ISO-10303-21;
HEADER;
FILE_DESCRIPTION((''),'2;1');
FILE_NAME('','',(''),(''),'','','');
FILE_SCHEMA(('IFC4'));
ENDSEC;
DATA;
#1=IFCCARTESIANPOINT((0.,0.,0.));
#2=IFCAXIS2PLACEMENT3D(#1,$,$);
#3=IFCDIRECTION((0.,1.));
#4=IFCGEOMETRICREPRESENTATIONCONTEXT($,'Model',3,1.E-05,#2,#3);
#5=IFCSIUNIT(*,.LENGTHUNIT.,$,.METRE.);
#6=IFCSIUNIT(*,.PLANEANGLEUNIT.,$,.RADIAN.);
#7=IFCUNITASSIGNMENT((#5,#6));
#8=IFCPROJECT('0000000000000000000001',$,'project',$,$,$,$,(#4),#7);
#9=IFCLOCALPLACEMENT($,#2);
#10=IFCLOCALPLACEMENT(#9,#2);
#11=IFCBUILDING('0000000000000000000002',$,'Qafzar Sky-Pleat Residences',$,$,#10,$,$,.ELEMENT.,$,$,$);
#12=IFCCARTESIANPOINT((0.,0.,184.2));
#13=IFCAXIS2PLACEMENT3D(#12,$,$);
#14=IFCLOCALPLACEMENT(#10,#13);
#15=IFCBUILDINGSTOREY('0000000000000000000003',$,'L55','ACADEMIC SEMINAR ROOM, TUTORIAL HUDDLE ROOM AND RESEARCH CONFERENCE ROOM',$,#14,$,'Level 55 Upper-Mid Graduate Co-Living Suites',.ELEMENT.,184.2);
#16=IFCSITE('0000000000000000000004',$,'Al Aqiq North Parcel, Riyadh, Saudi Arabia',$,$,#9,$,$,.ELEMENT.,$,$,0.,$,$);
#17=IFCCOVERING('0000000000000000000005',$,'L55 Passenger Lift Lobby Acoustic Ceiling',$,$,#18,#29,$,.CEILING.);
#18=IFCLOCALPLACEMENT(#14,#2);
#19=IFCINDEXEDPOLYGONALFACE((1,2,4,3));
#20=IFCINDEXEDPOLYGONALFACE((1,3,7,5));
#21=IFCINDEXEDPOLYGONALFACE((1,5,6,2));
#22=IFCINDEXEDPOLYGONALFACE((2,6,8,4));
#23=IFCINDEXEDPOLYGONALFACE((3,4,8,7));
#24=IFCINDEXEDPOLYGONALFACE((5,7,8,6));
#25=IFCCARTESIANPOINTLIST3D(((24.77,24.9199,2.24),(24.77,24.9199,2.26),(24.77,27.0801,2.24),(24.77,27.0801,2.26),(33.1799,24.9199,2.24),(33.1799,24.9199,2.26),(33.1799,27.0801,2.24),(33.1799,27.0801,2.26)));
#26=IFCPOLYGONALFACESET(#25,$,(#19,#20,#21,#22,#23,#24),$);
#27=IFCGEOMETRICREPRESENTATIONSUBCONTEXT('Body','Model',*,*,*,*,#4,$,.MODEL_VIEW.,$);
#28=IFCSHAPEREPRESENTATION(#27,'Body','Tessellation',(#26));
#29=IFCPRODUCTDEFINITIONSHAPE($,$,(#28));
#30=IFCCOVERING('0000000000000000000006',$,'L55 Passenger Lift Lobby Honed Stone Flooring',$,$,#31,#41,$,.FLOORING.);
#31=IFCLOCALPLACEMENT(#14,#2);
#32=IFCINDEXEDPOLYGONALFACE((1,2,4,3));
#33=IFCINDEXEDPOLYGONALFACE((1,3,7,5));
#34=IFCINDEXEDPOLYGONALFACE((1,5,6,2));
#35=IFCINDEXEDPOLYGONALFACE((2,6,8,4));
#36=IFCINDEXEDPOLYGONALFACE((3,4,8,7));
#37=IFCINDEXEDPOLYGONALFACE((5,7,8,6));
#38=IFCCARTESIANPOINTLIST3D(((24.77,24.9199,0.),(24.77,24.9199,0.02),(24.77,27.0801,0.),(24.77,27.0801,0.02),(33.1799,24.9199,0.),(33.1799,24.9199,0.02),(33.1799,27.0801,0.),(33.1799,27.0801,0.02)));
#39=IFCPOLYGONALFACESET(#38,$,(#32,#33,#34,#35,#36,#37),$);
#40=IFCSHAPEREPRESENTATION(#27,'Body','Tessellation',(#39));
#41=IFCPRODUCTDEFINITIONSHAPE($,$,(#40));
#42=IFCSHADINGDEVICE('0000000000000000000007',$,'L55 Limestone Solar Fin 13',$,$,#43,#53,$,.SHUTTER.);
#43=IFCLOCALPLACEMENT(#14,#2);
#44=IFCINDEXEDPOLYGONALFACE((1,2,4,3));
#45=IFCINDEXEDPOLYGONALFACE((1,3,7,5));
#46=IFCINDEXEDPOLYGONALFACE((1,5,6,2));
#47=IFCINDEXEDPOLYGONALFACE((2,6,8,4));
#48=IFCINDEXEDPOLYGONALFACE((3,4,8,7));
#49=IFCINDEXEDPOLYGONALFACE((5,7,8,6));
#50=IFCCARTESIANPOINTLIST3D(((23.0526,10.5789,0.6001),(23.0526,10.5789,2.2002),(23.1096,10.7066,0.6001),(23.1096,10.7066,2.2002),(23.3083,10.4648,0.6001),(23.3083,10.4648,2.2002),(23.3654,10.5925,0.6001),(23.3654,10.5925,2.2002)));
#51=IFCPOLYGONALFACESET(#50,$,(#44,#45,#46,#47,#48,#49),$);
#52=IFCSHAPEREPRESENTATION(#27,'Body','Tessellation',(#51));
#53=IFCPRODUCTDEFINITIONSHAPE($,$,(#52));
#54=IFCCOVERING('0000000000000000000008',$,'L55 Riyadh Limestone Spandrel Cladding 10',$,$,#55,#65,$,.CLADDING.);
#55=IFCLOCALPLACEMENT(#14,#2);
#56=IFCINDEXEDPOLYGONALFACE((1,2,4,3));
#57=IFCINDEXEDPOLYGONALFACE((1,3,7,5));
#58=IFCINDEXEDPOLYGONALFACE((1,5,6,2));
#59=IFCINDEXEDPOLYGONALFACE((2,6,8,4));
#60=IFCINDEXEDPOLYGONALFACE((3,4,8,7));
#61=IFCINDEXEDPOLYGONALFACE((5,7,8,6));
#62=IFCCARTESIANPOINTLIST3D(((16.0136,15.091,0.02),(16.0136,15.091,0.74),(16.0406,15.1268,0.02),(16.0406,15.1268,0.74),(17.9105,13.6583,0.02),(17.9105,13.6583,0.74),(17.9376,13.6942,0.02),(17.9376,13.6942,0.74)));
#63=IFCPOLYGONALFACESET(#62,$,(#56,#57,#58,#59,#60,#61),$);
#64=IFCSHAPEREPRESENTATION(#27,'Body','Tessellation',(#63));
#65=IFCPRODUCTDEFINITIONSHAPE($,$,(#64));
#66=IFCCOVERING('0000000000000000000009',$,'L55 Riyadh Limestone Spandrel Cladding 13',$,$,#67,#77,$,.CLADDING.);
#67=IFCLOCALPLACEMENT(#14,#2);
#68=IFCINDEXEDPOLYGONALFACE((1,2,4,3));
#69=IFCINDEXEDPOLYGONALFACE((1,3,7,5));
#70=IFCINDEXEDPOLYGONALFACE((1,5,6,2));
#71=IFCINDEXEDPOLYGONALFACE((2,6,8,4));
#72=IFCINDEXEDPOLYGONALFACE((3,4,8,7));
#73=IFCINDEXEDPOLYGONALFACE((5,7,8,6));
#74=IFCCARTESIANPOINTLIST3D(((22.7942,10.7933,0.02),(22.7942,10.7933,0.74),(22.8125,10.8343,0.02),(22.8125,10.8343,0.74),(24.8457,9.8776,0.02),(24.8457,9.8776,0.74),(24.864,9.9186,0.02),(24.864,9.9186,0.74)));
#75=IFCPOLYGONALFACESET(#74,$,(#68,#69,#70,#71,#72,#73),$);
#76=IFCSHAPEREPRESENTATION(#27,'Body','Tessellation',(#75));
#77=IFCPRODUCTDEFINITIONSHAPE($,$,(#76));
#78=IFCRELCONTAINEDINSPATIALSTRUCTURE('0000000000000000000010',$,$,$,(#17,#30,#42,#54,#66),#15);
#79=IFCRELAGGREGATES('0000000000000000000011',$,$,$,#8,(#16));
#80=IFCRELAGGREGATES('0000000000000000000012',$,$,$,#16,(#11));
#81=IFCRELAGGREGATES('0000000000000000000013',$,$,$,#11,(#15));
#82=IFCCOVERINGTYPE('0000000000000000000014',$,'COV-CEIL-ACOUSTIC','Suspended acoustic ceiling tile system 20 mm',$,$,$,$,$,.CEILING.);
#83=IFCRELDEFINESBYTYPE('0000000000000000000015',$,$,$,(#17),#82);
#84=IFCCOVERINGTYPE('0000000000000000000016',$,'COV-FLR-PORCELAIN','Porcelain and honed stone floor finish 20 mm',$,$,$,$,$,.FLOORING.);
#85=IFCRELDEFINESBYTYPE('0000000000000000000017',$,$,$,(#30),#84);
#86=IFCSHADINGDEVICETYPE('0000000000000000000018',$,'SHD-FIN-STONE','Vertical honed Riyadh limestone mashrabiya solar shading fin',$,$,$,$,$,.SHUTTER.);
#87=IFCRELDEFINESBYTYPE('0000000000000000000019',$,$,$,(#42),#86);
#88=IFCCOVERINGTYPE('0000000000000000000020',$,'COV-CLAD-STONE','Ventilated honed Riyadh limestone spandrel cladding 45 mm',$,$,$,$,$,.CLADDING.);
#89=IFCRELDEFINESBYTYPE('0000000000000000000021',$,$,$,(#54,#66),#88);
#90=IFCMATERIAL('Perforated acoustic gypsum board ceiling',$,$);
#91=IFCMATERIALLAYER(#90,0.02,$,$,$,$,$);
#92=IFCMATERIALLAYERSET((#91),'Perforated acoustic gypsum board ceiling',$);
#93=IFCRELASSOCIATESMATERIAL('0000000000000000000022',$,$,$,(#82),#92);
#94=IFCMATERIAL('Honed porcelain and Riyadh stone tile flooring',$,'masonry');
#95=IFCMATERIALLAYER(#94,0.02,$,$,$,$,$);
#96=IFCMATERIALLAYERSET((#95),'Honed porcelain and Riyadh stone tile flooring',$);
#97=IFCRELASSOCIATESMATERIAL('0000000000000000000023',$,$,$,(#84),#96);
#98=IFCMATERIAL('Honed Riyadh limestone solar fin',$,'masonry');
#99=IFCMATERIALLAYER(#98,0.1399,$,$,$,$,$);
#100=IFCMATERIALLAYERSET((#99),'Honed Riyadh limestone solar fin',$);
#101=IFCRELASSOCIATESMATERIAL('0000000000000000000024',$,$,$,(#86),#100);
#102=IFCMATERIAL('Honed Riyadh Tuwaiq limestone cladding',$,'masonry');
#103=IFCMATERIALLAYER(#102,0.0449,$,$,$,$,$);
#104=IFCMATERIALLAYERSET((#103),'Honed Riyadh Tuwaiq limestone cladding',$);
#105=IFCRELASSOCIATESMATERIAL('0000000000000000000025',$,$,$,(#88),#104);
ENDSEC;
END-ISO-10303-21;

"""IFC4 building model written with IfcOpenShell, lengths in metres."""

from ifc_helpers import new_model, si_unit, direction, frame, origin, origin_2d, place, context, subcontext, project, spatial, polyline, rectangle, outline, extrude, source, transform, mapped, material, layer, layer_set, type_object, element, save


model = new_model("IFC4")

# Units and contexts
model_context = context("Model", 3, precision=1e-05, world=origin(), true_north=direction((0.0, 1.0)))
body_context = subcontext(model_context, "Body", "Model", "MODEL_VIEW")
ifc_project = project(units=[si_unit("LENGTHUNIT", "METRE"), si_unit("PLANEANGLEUNIT", "RADIAN")], contexts=[model_context])

# Site, building, storey
site_placement = place(None, origin())
site = spatial("IfcSite", under=ifc_project, at=site_placement, Name="Al Aqiq North Parcel, Riyadh, Saudi Arabia", CompositionType="ELEMENT", RefElevation=0.0)
building_placement = place(site_placement, origin())
building = spatial("IfcBuilding", under=site, at=building_placement, Name="Qafzar Sky-Pleat Residences", CompositionType="ELEMENT")
storey_placement = place(building_placement, frame((0.0, 0.0, 184.2)))
storey = spatial("IfcBuildingStorey", under=building, at=storey_placement, Name="L55", Description="ACADEMIC SEMINAR ROOM, TUTORIAL HUDDLE ROOM AND RESEARCH CONFERENCE ROOM", LongName="Level 55 Upper-Mid Graduate Co-Living Suites", CompositionType="ELEMENT", Elevation=184.2)

# Coverings
ifc_material_1 = material(Name="Perforated acoustic gypsum board ceiling")
ifc_layer_1 = layer(ifc_material_1, 0.02)
ifc_layer_set_1 = layer_set([ifc_layer_1], Name="Perforated acoustic gypsum board ceiling")
covering_type_1 = type_object("IfcCoveringType", Name="COV-CEIL-ACOUSTIC", Description="Suspended acoustic ceiling tile system 20 mm", PredefinedType="CEILING", material=ifc_layer_set_1)
covering_1_placement = place(storey_placement, frame((0.0, 0.0, 2.24)))
element("IfcCovering", 1, at=covering_1_placement, inside=storey, type_object=covering_type_1, Name="L55 Passenger Lift Lobby Acoustic Ceiling", PredefinedType="CEILING", context=body_context, shape_type="SweptSolid", body=[
    extrude(outline(polyline([(33.1799, 24.9199), (24.77, 24.9199), (24.77, 27.0801), (33.1799, 27.0801), (33.1799, 24.9199)])), origin(), (0.0, 0.0, 1.0), 0.02),
])
ifc_material_2 = material(Name="Honed porcelain and Riyadh stone tile flooring", Category="masonry")
ifc_layer_2 = layer(ifc_material_2, 0.02)
ifc_layer_set_2 = layer_set([ifc_layer_2], Name="Honed porcelain and Riyadh stone tile flooring")
covering_type_2 = type_object("IfcCoveringType", Name="COV-FLR-PORCELAIN", Description="Porcelain and honed stone floor finish 20 mm", PredefinedType="FLOORING", material=ifc_layer_set_2)
covering_2_placement = place(storey_placement, origin())
element("IfcCovering", 2, at=covering_2_placement, inside=storey, type_object=covering_type_2, Name="L55 Passenger Lift Lobby Honed Stone Flooring", PredefinedType="FLOORING", context=body_context, shape_type="SweptSolid", body=[
    extrude(outline(polyline([(33.1799, 24.9199), (24.77, 24.9199), (24.77, 27.0801), (33.1799, 27.0801), (33.1799, 24.9199)])), origin(), (0.0, 0.0, 1.0), 0.02),
])

# Shading device
ifc_material_3 = material(Name="Honed Riyadh limestone solar fin", Category="masonry")
ifc_layer_3 = layer(ifc_material_3, 0.1399)
ifc_layer_set_3 = layer_set([ifc_layer_3], Name="Honed Riyadh limestone solar fin")
shading_device_type = type_object("IfcShadingDeviceType", Name="SHD-FIN-STONE", Description="Vertical honed Riyadh limestone mashrabiya solar shading fin", PredefinedType="SHUTTER", material=ifc_layer_set_3)
shared_shape_1 = source(origin(), body_context, "Body", "SweptSolid", [
    extrude(rectangle(XDim=0.1399, YDim=0.28, at=origin_2d()), origin(), (0.0, 0.0, 1.0), 1.6001),
])
shading_device_placement = place(storey_placement, frame((23.209, 10.5857, 0.6001), z_axis=(0.0, 0.0, 1.0), x_axis=(-0.407567, -0.913175, 0.0)))
element("IfcShadingDevice", 3, at=shading_device_placement, inside=storey, type_object=shading_device_type, Name="L55 Limestone Solar Fin 13", PredefinedType="SHUTTER", context=body_context, shape_type="MappedRepresentation", body=[
    mapped(shared_shape_1, transform((0.0, 0.0, 0.0), x_axis=(1.0, 0.0, 0.0), y_axis=(0.0, 1.0, 0.0), z_axis=(0.0, 0.0, 1.0), scale=1.0)),
])

# Coverings
ifc_material_4 = material(Name="Honed Riyadh Tuwaiq limestone cladding", Category="masonry")
ifc_layer_4 = layer(ifc_material_4, 0.0449)
ifc_layer_set_4 = layer_set([ifc_layer_4], Name="Honed Riyadh Tuwaiq limestone cladding")
covering_type_3 = type_object("IfcCoveringType", Name="COV-CLAD-STONE", Description="Ventilated honed Riyadh limestone spandrel cladding 45 mm", PredefinedType="CLADDING", material=ifc_layer_set_4)
shared_shape_2 = source(origin(), body_context, "Body", "SweptSolid", [
    extrude(rectangle(XDim=2.3772, YDim=0.0449, at=origin_2d()), origin(), (0.0, 0.0, 1.0), 0.72),
])
covering_3_placement = place(storey_placement, frame((16.9756, 14.3926, 0.02), z_axis=(0.0, 0.0, 1.0), x_axis=(0.797987, -0.602674, 0.0)))
element("IfcCovering", 4, at=covering_3_placement, inside=storey, type_object=covering_type_3, Name="L55 Riyadh Limestone Spandrel Cladding 10", PredefinedType="CLADDING", context=body_context, shape_type="MappedRepresentation", body=[
    mapped(shared_shape_2, transform((0.0, 0.0, 0.0), x_axis=(1.0, 0.0, 0.0), y_axis=(0.0, 1.0, 0.0), z_axis=(0.0, 0.0, 1.0), scale=1.0)),
])
shared_shape_3 = source(origin(), body_context, "Body", "SweptSolid", [
    extrude(rectangle(XDim=2.2466, YDim=0.0449, at=origin_2d()), origin(), (0.0, 0.0, 1.0), 0.72),
])
covering_4_placement = place(storey_placement, frame((23.8291, 10.356, 0.02), z_axis=(0.0, 0.0, 1.0), x_axis=(0.913165, -0.407591, 0.0)))
element("IfcCovering", 5, at=covering_4_placement, inside=storey, type_object=covering_type_3, Name="L55 Riyadh Limestone Spandrel Cladding 13", PredefinedType="CLADDING", context=body_context, shape_type="MappedRepresentation", body=[
    mapped(shared_shape_3, transform((0.0, 0.0, 0.0), x_axis=(1.0, 0.0, 0.0), y_axis=(0.0, 1.0, 0.0), z_axis=(0.0, 0.0, 1.0), scale=1.0)),
])

save(model, "model.ifc")
